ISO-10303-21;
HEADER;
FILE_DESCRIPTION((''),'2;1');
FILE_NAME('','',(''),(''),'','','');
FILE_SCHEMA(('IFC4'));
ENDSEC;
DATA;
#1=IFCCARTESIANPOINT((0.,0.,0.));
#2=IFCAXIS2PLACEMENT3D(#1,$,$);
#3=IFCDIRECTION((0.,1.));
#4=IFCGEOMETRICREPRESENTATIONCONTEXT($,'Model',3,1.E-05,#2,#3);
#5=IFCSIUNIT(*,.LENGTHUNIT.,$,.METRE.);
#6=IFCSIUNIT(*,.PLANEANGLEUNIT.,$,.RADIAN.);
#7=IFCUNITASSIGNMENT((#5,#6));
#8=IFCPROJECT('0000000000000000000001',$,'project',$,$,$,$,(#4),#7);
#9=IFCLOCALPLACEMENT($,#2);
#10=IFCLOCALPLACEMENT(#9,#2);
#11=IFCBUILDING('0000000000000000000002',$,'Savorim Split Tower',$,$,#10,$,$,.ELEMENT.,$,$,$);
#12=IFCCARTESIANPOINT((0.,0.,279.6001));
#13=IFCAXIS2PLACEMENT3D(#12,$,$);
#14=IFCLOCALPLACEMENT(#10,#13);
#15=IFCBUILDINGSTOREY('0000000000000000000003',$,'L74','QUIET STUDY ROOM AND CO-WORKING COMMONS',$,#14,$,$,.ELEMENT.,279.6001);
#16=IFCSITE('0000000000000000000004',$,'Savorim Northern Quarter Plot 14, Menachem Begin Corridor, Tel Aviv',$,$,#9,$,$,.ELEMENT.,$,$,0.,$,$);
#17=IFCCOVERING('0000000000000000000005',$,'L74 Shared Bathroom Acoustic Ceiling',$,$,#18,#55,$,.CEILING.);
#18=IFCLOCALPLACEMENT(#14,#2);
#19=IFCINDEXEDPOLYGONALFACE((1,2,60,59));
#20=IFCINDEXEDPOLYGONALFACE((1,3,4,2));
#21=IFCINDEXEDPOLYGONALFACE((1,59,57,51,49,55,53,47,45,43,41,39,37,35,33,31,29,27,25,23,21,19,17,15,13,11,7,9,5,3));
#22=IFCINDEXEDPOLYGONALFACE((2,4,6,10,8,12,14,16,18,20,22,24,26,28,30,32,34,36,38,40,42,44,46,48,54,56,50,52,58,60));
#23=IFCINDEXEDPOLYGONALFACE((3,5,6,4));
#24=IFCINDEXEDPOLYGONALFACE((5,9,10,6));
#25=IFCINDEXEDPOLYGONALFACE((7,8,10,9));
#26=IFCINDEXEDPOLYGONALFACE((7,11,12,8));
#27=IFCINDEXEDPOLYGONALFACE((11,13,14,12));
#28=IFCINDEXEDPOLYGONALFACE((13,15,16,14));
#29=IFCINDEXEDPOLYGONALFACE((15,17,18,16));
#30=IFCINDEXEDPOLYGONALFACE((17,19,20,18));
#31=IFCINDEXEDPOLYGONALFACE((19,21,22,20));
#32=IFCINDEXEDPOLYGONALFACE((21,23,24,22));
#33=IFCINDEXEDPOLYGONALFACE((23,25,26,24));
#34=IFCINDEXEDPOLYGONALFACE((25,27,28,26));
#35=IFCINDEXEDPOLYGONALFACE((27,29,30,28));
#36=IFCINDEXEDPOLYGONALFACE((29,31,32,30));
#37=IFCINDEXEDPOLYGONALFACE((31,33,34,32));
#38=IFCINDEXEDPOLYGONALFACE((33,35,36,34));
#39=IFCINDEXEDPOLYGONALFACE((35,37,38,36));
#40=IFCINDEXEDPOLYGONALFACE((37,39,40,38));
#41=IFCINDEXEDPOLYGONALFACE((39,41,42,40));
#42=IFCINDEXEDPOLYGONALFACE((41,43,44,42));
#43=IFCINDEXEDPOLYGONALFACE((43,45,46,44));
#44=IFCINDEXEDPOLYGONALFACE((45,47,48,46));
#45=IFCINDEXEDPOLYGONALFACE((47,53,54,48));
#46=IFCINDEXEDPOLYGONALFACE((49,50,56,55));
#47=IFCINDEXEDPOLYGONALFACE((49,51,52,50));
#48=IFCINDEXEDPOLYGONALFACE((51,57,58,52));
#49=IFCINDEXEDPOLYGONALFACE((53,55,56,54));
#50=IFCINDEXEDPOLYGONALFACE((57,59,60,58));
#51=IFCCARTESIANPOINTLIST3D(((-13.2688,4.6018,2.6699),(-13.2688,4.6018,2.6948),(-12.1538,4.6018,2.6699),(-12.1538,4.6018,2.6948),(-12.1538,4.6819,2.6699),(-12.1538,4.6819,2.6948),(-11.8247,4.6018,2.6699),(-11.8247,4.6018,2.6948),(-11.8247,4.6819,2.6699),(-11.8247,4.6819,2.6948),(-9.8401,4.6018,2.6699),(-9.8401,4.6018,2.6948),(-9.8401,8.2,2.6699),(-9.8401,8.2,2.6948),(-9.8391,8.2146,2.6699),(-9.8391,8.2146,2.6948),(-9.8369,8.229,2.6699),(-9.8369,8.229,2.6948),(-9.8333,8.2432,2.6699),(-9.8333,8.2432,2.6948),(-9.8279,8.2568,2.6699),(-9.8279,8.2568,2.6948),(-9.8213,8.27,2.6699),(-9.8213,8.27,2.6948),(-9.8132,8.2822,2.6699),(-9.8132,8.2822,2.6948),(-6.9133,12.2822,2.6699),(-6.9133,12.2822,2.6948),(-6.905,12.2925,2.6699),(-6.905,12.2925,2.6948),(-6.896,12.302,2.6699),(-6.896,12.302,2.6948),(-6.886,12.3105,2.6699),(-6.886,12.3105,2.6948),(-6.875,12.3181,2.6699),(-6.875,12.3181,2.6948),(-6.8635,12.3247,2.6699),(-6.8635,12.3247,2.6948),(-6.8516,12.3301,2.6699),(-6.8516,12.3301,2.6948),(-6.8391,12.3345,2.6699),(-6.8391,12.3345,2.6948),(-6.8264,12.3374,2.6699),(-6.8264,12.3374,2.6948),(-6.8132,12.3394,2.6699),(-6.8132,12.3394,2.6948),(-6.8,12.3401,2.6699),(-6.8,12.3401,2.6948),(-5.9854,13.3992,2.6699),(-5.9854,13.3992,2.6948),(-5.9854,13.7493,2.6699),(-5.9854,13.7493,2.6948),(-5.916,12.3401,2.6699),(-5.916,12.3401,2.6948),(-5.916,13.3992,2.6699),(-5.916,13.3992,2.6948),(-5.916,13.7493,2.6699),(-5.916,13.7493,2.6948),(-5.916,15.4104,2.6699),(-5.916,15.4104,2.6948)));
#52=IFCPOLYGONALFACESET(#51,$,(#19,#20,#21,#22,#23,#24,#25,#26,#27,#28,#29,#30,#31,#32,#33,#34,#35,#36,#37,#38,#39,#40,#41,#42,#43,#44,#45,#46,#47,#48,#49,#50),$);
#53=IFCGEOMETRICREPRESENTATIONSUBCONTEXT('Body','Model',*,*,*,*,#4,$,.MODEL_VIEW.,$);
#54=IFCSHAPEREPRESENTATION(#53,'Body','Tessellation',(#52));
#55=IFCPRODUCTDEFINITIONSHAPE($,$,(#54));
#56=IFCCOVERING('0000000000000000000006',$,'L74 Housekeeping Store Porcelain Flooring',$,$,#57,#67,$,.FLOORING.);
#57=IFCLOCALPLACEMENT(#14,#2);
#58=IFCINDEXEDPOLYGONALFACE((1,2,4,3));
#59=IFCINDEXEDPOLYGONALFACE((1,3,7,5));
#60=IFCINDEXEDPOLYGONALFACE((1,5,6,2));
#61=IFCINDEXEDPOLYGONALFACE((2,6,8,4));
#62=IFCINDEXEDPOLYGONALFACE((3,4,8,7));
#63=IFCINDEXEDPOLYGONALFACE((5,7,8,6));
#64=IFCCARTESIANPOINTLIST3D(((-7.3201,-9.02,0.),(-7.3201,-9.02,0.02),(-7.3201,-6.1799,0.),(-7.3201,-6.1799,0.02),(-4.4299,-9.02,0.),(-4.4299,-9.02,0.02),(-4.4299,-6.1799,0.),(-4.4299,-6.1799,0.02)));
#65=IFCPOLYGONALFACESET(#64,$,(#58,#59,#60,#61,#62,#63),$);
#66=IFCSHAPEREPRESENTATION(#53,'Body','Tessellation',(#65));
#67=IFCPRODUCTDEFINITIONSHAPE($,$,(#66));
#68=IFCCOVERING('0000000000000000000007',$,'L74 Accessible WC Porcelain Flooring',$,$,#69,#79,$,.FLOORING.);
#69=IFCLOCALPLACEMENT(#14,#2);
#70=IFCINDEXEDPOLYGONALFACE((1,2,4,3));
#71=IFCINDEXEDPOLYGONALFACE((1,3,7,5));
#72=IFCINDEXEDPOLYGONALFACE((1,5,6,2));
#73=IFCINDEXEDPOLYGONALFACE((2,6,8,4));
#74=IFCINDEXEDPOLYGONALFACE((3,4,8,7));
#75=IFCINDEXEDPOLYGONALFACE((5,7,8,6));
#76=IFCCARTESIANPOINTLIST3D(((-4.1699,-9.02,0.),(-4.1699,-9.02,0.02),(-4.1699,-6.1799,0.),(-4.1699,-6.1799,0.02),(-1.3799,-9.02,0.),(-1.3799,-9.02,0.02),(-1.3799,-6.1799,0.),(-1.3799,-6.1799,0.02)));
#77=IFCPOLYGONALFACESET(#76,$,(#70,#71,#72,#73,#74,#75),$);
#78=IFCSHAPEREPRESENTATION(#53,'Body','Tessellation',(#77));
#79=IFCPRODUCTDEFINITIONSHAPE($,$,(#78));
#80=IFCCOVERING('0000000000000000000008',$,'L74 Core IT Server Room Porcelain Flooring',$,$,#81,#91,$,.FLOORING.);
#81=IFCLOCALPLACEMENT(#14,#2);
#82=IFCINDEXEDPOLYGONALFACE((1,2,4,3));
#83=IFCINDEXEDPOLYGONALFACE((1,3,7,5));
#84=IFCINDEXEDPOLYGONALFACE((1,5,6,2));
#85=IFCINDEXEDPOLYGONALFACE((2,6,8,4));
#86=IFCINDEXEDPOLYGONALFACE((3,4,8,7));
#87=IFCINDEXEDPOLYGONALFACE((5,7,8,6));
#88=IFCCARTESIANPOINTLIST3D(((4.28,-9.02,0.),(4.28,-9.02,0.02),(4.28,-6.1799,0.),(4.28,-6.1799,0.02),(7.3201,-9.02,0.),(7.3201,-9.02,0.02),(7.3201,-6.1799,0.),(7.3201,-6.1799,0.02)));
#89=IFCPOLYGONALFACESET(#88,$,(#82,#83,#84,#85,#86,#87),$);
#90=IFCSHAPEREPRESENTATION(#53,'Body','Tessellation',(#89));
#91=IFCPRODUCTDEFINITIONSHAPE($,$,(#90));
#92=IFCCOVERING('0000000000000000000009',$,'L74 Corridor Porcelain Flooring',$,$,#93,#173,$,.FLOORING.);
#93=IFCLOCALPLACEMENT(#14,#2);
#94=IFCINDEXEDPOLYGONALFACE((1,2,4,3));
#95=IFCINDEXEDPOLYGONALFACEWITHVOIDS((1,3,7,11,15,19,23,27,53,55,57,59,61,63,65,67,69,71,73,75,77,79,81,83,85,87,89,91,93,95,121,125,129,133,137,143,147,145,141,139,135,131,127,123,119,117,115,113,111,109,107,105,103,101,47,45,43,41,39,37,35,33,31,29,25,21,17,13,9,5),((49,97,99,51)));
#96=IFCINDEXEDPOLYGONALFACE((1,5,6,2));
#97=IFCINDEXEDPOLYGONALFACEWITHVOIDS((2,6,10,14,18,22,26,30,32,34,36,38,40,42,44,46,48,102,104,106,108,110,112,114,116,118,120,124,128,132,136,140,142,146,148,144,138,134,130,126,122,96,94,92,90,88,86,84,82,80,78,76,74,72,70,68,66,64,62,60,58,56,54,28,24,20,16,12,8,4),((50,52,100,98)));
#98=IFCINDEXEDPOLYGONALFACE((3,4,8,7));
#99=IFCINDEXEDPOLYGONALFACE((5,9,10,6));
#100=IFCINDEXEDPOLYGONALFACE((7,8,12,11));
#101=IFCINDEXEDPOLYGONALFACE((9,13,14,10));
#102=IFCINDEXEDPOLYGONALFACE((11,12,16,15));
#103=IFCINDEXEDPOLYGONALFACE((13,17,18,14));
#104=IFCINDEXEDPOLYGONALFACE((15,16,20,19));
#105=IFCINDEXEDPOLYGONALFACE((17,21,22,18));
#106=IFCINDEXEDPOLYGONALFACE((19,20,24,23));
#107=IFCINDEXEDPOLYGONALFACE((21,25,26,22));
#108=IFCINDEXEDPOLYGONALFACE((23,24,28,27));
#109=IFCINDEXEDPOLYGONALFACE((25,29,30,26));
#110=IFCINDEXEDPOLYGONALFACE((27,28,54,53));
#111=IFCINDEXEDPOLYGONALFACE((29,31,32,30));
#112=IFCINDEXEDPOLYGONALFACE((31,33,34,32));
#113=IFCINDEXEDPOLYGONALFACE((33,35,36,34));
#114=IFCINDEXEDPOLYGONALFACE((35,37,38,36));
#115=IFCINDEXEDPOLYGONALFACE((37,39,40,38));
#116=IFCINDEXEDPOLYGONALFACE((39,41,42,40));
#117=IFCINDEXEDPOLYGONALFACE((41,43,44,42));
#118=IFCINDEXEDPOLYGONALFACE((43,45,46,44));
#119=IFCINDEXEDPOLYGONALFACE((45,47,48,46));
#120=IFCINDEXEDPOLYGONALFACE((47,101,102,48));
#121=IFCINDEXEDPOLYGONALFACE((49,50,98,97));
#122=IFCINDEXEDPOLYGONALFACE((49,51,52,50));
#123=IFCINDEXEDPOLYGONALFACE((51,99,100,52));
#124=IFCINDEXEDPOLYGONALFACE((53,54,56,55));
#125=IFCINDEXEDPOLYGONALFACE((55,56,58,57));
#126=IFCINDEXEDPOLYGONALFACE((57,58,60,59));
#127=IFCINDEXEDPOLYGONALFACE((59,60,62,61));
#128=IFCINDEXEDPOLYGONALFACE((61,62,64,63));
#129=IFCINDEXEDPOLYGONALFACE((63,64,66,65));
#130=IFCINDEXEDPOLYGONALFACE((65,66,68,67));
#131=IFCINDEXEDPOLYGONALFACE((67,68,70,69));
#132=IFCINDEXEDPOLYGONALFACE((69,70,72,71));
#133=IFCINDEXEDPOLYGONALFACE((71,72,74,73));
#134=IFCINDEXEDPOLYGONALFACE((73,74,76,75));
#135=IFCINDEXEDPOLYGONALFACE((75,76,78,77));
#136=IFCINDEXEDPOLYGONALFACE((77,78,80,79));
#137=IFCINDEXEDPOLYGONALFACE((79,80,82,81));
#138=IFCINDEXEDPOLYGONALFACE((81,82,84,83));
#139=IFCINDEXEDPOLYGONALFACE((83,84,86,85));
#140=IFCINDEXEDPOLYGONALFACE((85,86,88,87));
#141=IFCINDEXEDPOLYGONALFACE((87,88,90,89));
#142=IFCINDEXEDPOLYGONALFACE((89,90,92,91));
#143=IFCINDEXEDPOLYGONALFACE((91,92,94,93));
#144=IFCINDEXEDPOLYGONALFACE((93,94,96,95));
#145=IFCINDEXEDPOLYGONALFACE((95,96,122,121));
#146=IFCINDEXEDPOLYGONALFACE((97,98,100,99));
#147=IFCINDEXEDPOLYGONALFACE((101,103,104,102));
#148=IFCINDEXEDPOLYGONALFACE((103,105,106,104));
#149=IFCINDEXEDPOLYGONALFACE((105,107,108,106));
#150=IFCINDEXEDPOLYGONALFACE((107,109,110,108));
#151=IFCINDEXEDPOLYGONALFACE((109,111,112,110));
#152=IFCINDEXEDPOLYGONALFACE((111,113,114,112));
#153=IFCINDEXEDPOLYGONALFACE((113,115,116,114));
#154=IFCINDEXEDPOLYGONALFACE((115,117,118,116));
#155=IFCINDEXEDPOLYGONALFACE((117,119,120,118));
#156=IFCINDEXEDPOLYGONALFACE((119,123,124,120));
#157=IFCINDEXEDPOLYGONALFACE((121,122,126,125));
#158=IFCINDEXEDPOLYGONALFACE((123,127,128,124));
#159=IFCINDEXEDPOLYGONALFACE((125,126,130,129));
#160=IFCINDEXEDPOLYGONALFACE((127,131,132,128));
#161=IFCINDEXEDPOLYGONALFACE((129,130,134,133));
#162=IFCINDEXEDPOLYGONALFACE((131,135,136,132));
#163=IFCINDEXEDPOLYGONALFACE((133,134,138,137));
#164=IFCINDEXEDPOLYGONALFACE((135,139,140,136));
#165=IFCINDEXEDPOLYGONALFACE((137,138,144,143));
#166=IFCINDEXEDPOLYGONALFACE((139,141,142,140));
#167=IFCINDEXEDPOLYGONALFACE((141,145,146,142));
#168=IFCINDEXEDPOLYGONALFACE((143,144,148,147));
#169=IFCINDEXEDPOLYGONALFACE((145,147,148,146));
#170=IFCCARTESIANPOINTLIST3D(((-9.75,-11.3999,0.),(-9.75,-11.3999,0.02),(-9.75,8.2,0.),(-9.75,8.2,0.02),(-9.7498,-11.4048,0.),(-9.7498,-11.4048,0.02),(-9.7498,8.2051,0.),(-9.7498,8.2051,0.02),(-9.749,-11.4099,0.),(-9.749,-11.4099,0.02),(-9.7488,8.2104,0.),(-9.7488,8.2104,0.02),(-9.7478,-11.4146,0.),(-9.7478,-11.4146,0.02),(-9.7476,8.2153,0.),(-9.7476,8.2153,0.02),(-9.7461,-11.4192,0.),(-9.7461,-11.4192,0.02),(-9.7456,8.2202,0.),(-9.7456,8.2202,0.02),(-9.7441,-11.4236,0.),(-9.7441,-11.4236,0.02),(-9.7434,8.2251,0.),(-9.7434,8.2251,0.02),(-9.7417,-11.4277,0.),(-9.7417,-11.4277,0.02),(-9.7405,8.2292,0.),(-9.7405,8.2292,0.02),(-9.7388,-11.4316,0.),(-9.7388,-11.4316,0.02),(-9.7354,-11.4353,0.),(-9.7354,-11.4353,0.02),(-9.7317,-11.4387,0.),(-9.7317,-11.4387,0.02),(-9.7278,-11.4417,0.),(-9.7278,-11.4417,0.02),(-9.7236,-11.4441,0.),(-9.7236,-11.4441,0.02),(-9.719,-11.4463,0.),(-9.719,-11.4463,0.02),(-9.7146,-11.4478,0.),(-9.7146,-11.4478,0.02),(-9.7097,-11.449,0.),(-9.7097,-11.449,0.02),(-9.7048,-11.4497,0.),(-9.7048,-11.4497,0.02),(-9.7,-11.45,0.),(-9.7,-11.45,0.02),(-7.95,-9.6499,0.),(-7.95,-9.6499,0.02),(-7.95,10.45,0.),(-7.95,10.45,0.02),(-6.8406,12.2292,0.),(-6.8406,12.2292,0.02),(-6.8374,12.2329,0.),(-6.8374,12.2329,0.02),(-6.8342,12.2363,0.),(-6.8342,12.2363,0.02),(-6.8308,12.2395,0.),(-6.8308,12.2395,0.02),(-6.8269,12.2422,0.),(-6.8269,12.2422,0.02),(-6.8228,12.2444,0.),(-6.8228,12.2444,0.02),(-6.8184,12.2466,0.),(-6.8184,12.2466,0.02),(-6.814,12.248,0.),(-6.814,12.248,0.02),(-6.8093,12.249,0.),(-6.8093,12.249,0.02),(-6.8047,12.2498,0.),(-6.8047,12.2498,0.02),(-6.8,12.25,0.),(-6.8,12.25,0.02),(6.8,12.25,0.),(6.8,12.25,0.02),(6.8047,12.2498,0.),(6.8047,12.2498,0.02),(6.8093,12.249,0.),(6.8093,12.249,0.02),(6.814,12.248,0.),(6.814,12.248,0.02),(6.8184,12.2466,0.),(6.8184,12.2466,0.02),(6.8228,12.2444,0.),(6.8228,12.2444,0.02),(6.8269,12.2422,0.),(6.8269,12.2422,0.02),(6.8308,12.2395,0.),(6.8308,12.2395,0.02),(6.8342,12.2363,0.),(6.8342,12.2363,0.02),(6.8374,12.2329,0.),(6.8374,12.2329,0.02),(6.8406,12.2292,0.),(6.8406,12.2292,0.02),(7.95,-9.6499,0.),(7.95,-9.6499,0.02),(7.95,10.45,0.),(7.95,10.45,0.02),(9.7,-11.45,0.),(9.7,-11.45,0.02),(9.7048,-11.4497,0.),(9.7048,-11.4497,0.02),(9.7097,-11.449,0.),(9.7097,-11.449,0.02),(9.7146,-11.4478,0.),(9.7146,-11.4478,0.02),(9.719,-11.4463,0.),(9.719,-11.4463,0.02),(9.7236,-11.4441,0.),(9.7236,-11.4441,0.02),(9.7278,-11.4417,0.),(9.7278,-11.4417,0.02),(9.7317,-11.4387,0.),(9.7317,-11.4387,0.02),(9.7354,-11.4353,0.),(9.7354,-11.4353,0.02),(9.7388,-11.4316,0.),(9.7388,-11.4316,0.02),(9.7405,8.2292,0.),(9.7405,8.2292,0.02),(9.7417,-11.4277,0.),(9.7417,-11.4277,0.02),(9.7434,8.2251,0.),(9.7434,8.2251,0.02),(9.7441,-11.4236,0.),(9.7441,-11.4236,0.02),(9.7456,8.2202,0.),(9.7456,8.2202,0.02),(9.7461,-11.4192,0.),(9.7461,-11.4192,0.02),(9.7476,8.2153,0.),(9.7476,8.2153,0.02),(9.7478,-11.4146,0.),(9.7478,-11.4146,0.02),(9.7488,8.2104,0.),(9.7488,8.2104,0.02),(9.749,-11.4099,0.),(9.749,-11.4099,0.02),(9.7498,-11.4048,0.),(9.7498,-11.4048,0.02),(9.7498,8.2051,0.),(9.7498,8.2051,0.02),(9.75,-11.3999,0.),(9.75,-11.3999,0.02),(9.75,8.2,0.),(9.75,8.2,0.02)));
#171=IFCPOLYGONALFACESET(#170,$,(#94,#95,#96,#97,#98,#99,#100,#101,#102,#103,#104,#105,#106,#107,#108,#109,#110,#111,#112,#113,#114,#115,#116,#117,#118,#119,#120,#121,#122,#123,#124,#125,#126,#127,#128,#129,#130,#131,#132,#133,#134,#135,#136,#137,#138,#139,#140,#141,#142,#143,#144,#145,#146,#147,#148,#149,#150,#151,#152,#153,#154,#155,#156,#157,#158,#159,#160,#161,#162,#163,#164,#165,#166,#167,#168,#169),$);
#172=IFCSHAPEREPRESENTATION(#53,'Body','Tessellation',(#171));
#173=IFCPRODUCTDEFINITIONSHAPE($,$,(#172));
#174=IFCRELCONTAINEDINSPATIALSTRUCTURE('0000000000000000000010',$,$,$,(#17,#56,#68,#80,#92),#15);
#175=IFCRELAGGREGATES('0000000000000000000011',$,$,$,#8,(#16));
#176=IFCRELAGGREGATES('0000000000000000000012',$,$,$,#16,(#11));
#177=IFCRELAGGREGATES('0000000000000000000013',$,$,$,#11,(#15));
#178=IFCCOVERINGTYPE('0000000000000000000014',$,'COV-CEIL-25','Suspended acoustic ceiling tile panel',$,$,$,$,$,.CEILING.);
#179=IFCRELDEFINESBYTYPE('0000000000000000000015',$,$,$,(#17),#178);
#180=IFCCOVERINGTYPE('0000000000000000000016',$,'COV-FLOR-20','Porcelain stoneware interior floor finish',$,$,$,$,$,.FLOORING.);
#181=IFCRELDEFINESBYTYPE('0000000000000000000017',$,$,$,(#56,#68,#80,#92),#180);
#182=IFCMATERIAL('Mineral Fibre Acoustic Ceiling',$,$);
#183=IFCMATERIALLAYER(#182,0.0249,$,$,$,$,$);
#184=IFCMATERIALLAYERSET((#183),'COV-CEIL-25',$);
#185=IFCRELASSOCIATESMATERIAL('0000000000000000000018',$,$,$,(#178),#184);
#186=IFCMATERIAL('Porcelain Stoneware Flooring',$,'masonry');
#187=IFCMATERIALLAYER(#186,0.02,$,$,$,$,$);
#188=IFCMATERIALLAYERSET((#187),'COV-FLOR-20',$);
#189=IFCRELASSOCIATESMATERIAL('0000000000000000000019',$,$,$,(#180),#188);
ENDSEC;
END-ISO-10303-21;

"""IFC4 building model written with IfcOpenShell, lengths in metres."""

from ifc_helpers import new_model, si_unit, direction, frame, origin, place, context, subcontext, project, spatial, polyline, outline, extrude, material, layer, layer_set, type_object, element, save


model = new_model("IFC4")

# Units and contexts
model_context = context("Model", 3, precision=1e-05, world=origin(), true_north=direction((0.0, 1.0)))
body_context = subcontext(model_context, "Body", "Model", "MODEL_VIEW")
ifc_project = project(units=[si_unit("LENGTHUNIT", "METRE"), si_unit("PLANEANGLEUNIT", "RADIAN")], contexts=[model_context])

# Site, building, storey
site_placement = place(None, origin())
site = spatial("IfcSite", under=ifc_project, at=site_placement, Name="Savorim Northern Quarter Plot 14, Menachem Begin Corridor, Tel Aviv", CompositionType="ELEMENT", RefElevation=0.0)
building_placement = place(site_placement, origin())
building = spatial("IfcBuilding", under=site, at=building_placement, Name="Savorim Split Tower", CompositionType="ELEMENT")
storey_placement = place(building_placement, frame((0.0, 0.0, 279.6001)))
storey = spatial("IfcBuildingStorey", under=building, at=storey_placement, Name="L74", Description="QUIET STUDY ROOM AND CO-WORKING COMMONS", CompositionType="ELEMENT", Elevation=279.6001)

# Coverings
ifc_material_1 = material(Name="Mineral Fibre Acoustic Ceiling")
ifc_layer_1 = layer(ifc_material_1, 0.0249)
ifc_layer_set_1 = layer_set([ifc_layer_1], Name="COV-CEIL-25")
covering_type_1 = type_object("IfcCoveringType", Name="COV-CEIL-25", Description="Suspended acoustic ceiling tile panel", PredefinedType="CEILING", material=ifc_layer_set_1)
covering_1_placement = place(storey_placement, frame((0.0, 0.0, 2.6699)))
element("IfcCovering", 1, at=covering_1_placement, inside=storey, type_object=covering_type_1, Name="L74 Shared Bathroom Acoustic Ceiling", PredefinedType="CEILING", context=body_context, shape_type="SweptSolid", body=[
    extrude(outline(polyline([(-6.8132, 12.3394), (-6.8, 12.3401), (-5.916, 12.3401), (-5.916, 13.3992), (-5.9854, 13.3992), (-5.9854, 13.7493), (-5.916, 13.7493), (-5.916, 15.4104), (-13.2688, 4.6018), (-12.1538, 4.6018), (-12.1538, 4.6819), (-11.8247, 4.6819), (-11.8247, 4.6018), (-9.8401, 4.6018), (-9.8401, 8.2), (-9.8391, 8.2146), (-9.8369, 8.229), (-9.8333, 8.2432), (-9.8279, 8.2568), (-9.8213, 8.27), (-9.8132, 8.2822), (-6.9133, 12.2822), (-6.905, 12.2925), (-6.896, 12.302), (-6.886, 12.3105), (-6.875, 12.3181), (-6.8635, 12.3247), (-6.8516, 12.3301), (-6.8391, 12.3345), (-6.8264, 12.3374), (-6.8132, 12.3394)])), origin(), (0.0, 0.0, 1.0), 0.0249),
])
ifc_material_2 = material(Name="Porcelain Stoneware Flooring", Category="masonry")
ifc_layer_2 = layer(ifc_material_2, 0.02)
ifc_layer_set_2 = layer_set([ifc_layer_2], Name="COV-FLOR-20")
covering_type_2 = type_object("IfcCoveringType", Name="COV-FLOR-20", Description="Porcelain stoneware interior floor finish", PredefinedType="FLOORING", material=ifc_layer_set_2)
covering_2_placement = place(storey_placement, origin())
element("IfcCovering", 2, at=covering_2_placement, inside=storey, type_object=covering_type_2, Name="L74 Housekeeping Store Porcelain Flooring", PredefinedType="FLOORING", context=body_context, shape_type="SweptSolid", body=[
    extrude(outline(polyline([(-7.3201, -6.1799), (-7.3201, -9.02), (-4.4299, -9.02), (-4.4299, -6.1799), (-7.3201, -6.1799)])), origin(), (0.0, 0.0, 1.0), 0.02),
])
covering_3_placement = place(storey_placement, origin())
element("IfcCovering", 3, at=covering_3_placement, inside=storey, type_object=covering_type_2, Name="L74 Accessible WC Porcelain Flooring", PredefinedType="FLOORING", context=body_context, shape_type="SweptSolid", body=[
    extrude(outline(polyline([(-4.1699, -6.1799), (-4.1699, -9.02), (-1.3799, -9.02), (-1.3799, -6.1799), (-4.1699, -6.1799)])), origin(), (0.0, 0.0, 1.0), 0.02),
])
covering_4_placement = place(storey_placement, origin())
element("IfcCovering", 4, at=covering_4_placement, inside=storey, type_object=covering_type_2, Name="L74 Core IT Server Room Porcelain Flooring", PredefinedType="FLOORING", context=body_context, shape_type="SweptSolid", body=[
    extrude(outline(polyline([(4.28, -6.1799), (4.28, -9.02), (7.3201, -9.02), (7.3201, -6.1799), (4.28, -6.1799)])), origin(), (0.0, 0.0, 1.0), 0.02),
])
covering_5_placement = place(storey_placement, origin())
element("IfcCovering", 5, at=covering_5_placement, inside=storey, type_object=covering_type_2, Name="L74 Corridor Porcelain Flooring", PredefinedType="FLOORING", context=body_context, shape_type="SweptSolid", body=[
    extrude(outline(polyline([(6.8093, 12.249), (6.8047, 12.2498), (6.8, 12.25), (-6.8, 12.25), (-6.8047, 12.2498), (-6.8093, 12.249), (-6.814, 12.248), (-6.8184, 12.2466), (-6.8228, 12.2444), (-6.8269, 12.2422), (-6.8308, 12.2395), (-6.8342, 12.2363), (-6.8374, 12.2329), (-6.8406, 12.2292), (-9.7405, 8.2292), (-9.7434, 8.2251), (-9.7456, 8.2202), (-9.7476, 8.2153), (-9.7488, 8.2104), (-9.7498, 8.2051), (-9.75, 8.2), (-9.75, -11.3999), (-9.7498, -11.4048), (-9.749, -11.4099), (-9.7478, -11.4146), (-9.7461, -11.4192), (-9.7441, -11.4236), (-9.7417, -11.4277), (-9.7388, -11.4316), (-9.7354, -11.4353), (-9.7317, -11.4387), (-9.7278, -11.4417), (-9.7236, -11.4441), (-9.719, -11.4463), (-9.7146, -11.4478), (-9.7097, -11.449), (-9.7048, -11.4497), (-9.7, -11.45), (9.7, -11.45), (9.7048, -11.4497), (9.7097, -11.449), (9.7146, -11.4478), (9.719, -11.4463), (9.7236, -11.4441), (9.7278, -11.4417), (9.7317, -11.4387), (9.7354, -11.4353), (9.7388, -11.4316), (9.7417, -11.4277), (9.7441, -11.4236), (9.7461, -11.4192), (9.7478, -11.4146), (9.749, -11.4099), (9.7498, -11.4048), (9.75, -11.3999), (9.75, 8.2), (9.7498, 8.2051), (9.7488, 8.2104), (9.7476, 8.2153), (9.7456, 8.2202), (9.7434, 8.2251), (9.7405, 8.2292), (6.8406, 12.2292), (6.8374, 12.2329), (6.8342, 12.2363), (6.8308, 12.2395), (6.8269, 12.2422), (6.8228, 12.2444), (6.8184, 12.2466), (6.814, 12.248), (6.8093, 12.249)]), holes=[polyline([(-7.95, 10.45), (-7.95, -9.6499), (7.95, -9.6499), (7.95, 10.45), (-7.95, 10.45)])]), origin(), (0.0, 0.0, 1.0), 0.02),
])

save(model, "model.ifc")
